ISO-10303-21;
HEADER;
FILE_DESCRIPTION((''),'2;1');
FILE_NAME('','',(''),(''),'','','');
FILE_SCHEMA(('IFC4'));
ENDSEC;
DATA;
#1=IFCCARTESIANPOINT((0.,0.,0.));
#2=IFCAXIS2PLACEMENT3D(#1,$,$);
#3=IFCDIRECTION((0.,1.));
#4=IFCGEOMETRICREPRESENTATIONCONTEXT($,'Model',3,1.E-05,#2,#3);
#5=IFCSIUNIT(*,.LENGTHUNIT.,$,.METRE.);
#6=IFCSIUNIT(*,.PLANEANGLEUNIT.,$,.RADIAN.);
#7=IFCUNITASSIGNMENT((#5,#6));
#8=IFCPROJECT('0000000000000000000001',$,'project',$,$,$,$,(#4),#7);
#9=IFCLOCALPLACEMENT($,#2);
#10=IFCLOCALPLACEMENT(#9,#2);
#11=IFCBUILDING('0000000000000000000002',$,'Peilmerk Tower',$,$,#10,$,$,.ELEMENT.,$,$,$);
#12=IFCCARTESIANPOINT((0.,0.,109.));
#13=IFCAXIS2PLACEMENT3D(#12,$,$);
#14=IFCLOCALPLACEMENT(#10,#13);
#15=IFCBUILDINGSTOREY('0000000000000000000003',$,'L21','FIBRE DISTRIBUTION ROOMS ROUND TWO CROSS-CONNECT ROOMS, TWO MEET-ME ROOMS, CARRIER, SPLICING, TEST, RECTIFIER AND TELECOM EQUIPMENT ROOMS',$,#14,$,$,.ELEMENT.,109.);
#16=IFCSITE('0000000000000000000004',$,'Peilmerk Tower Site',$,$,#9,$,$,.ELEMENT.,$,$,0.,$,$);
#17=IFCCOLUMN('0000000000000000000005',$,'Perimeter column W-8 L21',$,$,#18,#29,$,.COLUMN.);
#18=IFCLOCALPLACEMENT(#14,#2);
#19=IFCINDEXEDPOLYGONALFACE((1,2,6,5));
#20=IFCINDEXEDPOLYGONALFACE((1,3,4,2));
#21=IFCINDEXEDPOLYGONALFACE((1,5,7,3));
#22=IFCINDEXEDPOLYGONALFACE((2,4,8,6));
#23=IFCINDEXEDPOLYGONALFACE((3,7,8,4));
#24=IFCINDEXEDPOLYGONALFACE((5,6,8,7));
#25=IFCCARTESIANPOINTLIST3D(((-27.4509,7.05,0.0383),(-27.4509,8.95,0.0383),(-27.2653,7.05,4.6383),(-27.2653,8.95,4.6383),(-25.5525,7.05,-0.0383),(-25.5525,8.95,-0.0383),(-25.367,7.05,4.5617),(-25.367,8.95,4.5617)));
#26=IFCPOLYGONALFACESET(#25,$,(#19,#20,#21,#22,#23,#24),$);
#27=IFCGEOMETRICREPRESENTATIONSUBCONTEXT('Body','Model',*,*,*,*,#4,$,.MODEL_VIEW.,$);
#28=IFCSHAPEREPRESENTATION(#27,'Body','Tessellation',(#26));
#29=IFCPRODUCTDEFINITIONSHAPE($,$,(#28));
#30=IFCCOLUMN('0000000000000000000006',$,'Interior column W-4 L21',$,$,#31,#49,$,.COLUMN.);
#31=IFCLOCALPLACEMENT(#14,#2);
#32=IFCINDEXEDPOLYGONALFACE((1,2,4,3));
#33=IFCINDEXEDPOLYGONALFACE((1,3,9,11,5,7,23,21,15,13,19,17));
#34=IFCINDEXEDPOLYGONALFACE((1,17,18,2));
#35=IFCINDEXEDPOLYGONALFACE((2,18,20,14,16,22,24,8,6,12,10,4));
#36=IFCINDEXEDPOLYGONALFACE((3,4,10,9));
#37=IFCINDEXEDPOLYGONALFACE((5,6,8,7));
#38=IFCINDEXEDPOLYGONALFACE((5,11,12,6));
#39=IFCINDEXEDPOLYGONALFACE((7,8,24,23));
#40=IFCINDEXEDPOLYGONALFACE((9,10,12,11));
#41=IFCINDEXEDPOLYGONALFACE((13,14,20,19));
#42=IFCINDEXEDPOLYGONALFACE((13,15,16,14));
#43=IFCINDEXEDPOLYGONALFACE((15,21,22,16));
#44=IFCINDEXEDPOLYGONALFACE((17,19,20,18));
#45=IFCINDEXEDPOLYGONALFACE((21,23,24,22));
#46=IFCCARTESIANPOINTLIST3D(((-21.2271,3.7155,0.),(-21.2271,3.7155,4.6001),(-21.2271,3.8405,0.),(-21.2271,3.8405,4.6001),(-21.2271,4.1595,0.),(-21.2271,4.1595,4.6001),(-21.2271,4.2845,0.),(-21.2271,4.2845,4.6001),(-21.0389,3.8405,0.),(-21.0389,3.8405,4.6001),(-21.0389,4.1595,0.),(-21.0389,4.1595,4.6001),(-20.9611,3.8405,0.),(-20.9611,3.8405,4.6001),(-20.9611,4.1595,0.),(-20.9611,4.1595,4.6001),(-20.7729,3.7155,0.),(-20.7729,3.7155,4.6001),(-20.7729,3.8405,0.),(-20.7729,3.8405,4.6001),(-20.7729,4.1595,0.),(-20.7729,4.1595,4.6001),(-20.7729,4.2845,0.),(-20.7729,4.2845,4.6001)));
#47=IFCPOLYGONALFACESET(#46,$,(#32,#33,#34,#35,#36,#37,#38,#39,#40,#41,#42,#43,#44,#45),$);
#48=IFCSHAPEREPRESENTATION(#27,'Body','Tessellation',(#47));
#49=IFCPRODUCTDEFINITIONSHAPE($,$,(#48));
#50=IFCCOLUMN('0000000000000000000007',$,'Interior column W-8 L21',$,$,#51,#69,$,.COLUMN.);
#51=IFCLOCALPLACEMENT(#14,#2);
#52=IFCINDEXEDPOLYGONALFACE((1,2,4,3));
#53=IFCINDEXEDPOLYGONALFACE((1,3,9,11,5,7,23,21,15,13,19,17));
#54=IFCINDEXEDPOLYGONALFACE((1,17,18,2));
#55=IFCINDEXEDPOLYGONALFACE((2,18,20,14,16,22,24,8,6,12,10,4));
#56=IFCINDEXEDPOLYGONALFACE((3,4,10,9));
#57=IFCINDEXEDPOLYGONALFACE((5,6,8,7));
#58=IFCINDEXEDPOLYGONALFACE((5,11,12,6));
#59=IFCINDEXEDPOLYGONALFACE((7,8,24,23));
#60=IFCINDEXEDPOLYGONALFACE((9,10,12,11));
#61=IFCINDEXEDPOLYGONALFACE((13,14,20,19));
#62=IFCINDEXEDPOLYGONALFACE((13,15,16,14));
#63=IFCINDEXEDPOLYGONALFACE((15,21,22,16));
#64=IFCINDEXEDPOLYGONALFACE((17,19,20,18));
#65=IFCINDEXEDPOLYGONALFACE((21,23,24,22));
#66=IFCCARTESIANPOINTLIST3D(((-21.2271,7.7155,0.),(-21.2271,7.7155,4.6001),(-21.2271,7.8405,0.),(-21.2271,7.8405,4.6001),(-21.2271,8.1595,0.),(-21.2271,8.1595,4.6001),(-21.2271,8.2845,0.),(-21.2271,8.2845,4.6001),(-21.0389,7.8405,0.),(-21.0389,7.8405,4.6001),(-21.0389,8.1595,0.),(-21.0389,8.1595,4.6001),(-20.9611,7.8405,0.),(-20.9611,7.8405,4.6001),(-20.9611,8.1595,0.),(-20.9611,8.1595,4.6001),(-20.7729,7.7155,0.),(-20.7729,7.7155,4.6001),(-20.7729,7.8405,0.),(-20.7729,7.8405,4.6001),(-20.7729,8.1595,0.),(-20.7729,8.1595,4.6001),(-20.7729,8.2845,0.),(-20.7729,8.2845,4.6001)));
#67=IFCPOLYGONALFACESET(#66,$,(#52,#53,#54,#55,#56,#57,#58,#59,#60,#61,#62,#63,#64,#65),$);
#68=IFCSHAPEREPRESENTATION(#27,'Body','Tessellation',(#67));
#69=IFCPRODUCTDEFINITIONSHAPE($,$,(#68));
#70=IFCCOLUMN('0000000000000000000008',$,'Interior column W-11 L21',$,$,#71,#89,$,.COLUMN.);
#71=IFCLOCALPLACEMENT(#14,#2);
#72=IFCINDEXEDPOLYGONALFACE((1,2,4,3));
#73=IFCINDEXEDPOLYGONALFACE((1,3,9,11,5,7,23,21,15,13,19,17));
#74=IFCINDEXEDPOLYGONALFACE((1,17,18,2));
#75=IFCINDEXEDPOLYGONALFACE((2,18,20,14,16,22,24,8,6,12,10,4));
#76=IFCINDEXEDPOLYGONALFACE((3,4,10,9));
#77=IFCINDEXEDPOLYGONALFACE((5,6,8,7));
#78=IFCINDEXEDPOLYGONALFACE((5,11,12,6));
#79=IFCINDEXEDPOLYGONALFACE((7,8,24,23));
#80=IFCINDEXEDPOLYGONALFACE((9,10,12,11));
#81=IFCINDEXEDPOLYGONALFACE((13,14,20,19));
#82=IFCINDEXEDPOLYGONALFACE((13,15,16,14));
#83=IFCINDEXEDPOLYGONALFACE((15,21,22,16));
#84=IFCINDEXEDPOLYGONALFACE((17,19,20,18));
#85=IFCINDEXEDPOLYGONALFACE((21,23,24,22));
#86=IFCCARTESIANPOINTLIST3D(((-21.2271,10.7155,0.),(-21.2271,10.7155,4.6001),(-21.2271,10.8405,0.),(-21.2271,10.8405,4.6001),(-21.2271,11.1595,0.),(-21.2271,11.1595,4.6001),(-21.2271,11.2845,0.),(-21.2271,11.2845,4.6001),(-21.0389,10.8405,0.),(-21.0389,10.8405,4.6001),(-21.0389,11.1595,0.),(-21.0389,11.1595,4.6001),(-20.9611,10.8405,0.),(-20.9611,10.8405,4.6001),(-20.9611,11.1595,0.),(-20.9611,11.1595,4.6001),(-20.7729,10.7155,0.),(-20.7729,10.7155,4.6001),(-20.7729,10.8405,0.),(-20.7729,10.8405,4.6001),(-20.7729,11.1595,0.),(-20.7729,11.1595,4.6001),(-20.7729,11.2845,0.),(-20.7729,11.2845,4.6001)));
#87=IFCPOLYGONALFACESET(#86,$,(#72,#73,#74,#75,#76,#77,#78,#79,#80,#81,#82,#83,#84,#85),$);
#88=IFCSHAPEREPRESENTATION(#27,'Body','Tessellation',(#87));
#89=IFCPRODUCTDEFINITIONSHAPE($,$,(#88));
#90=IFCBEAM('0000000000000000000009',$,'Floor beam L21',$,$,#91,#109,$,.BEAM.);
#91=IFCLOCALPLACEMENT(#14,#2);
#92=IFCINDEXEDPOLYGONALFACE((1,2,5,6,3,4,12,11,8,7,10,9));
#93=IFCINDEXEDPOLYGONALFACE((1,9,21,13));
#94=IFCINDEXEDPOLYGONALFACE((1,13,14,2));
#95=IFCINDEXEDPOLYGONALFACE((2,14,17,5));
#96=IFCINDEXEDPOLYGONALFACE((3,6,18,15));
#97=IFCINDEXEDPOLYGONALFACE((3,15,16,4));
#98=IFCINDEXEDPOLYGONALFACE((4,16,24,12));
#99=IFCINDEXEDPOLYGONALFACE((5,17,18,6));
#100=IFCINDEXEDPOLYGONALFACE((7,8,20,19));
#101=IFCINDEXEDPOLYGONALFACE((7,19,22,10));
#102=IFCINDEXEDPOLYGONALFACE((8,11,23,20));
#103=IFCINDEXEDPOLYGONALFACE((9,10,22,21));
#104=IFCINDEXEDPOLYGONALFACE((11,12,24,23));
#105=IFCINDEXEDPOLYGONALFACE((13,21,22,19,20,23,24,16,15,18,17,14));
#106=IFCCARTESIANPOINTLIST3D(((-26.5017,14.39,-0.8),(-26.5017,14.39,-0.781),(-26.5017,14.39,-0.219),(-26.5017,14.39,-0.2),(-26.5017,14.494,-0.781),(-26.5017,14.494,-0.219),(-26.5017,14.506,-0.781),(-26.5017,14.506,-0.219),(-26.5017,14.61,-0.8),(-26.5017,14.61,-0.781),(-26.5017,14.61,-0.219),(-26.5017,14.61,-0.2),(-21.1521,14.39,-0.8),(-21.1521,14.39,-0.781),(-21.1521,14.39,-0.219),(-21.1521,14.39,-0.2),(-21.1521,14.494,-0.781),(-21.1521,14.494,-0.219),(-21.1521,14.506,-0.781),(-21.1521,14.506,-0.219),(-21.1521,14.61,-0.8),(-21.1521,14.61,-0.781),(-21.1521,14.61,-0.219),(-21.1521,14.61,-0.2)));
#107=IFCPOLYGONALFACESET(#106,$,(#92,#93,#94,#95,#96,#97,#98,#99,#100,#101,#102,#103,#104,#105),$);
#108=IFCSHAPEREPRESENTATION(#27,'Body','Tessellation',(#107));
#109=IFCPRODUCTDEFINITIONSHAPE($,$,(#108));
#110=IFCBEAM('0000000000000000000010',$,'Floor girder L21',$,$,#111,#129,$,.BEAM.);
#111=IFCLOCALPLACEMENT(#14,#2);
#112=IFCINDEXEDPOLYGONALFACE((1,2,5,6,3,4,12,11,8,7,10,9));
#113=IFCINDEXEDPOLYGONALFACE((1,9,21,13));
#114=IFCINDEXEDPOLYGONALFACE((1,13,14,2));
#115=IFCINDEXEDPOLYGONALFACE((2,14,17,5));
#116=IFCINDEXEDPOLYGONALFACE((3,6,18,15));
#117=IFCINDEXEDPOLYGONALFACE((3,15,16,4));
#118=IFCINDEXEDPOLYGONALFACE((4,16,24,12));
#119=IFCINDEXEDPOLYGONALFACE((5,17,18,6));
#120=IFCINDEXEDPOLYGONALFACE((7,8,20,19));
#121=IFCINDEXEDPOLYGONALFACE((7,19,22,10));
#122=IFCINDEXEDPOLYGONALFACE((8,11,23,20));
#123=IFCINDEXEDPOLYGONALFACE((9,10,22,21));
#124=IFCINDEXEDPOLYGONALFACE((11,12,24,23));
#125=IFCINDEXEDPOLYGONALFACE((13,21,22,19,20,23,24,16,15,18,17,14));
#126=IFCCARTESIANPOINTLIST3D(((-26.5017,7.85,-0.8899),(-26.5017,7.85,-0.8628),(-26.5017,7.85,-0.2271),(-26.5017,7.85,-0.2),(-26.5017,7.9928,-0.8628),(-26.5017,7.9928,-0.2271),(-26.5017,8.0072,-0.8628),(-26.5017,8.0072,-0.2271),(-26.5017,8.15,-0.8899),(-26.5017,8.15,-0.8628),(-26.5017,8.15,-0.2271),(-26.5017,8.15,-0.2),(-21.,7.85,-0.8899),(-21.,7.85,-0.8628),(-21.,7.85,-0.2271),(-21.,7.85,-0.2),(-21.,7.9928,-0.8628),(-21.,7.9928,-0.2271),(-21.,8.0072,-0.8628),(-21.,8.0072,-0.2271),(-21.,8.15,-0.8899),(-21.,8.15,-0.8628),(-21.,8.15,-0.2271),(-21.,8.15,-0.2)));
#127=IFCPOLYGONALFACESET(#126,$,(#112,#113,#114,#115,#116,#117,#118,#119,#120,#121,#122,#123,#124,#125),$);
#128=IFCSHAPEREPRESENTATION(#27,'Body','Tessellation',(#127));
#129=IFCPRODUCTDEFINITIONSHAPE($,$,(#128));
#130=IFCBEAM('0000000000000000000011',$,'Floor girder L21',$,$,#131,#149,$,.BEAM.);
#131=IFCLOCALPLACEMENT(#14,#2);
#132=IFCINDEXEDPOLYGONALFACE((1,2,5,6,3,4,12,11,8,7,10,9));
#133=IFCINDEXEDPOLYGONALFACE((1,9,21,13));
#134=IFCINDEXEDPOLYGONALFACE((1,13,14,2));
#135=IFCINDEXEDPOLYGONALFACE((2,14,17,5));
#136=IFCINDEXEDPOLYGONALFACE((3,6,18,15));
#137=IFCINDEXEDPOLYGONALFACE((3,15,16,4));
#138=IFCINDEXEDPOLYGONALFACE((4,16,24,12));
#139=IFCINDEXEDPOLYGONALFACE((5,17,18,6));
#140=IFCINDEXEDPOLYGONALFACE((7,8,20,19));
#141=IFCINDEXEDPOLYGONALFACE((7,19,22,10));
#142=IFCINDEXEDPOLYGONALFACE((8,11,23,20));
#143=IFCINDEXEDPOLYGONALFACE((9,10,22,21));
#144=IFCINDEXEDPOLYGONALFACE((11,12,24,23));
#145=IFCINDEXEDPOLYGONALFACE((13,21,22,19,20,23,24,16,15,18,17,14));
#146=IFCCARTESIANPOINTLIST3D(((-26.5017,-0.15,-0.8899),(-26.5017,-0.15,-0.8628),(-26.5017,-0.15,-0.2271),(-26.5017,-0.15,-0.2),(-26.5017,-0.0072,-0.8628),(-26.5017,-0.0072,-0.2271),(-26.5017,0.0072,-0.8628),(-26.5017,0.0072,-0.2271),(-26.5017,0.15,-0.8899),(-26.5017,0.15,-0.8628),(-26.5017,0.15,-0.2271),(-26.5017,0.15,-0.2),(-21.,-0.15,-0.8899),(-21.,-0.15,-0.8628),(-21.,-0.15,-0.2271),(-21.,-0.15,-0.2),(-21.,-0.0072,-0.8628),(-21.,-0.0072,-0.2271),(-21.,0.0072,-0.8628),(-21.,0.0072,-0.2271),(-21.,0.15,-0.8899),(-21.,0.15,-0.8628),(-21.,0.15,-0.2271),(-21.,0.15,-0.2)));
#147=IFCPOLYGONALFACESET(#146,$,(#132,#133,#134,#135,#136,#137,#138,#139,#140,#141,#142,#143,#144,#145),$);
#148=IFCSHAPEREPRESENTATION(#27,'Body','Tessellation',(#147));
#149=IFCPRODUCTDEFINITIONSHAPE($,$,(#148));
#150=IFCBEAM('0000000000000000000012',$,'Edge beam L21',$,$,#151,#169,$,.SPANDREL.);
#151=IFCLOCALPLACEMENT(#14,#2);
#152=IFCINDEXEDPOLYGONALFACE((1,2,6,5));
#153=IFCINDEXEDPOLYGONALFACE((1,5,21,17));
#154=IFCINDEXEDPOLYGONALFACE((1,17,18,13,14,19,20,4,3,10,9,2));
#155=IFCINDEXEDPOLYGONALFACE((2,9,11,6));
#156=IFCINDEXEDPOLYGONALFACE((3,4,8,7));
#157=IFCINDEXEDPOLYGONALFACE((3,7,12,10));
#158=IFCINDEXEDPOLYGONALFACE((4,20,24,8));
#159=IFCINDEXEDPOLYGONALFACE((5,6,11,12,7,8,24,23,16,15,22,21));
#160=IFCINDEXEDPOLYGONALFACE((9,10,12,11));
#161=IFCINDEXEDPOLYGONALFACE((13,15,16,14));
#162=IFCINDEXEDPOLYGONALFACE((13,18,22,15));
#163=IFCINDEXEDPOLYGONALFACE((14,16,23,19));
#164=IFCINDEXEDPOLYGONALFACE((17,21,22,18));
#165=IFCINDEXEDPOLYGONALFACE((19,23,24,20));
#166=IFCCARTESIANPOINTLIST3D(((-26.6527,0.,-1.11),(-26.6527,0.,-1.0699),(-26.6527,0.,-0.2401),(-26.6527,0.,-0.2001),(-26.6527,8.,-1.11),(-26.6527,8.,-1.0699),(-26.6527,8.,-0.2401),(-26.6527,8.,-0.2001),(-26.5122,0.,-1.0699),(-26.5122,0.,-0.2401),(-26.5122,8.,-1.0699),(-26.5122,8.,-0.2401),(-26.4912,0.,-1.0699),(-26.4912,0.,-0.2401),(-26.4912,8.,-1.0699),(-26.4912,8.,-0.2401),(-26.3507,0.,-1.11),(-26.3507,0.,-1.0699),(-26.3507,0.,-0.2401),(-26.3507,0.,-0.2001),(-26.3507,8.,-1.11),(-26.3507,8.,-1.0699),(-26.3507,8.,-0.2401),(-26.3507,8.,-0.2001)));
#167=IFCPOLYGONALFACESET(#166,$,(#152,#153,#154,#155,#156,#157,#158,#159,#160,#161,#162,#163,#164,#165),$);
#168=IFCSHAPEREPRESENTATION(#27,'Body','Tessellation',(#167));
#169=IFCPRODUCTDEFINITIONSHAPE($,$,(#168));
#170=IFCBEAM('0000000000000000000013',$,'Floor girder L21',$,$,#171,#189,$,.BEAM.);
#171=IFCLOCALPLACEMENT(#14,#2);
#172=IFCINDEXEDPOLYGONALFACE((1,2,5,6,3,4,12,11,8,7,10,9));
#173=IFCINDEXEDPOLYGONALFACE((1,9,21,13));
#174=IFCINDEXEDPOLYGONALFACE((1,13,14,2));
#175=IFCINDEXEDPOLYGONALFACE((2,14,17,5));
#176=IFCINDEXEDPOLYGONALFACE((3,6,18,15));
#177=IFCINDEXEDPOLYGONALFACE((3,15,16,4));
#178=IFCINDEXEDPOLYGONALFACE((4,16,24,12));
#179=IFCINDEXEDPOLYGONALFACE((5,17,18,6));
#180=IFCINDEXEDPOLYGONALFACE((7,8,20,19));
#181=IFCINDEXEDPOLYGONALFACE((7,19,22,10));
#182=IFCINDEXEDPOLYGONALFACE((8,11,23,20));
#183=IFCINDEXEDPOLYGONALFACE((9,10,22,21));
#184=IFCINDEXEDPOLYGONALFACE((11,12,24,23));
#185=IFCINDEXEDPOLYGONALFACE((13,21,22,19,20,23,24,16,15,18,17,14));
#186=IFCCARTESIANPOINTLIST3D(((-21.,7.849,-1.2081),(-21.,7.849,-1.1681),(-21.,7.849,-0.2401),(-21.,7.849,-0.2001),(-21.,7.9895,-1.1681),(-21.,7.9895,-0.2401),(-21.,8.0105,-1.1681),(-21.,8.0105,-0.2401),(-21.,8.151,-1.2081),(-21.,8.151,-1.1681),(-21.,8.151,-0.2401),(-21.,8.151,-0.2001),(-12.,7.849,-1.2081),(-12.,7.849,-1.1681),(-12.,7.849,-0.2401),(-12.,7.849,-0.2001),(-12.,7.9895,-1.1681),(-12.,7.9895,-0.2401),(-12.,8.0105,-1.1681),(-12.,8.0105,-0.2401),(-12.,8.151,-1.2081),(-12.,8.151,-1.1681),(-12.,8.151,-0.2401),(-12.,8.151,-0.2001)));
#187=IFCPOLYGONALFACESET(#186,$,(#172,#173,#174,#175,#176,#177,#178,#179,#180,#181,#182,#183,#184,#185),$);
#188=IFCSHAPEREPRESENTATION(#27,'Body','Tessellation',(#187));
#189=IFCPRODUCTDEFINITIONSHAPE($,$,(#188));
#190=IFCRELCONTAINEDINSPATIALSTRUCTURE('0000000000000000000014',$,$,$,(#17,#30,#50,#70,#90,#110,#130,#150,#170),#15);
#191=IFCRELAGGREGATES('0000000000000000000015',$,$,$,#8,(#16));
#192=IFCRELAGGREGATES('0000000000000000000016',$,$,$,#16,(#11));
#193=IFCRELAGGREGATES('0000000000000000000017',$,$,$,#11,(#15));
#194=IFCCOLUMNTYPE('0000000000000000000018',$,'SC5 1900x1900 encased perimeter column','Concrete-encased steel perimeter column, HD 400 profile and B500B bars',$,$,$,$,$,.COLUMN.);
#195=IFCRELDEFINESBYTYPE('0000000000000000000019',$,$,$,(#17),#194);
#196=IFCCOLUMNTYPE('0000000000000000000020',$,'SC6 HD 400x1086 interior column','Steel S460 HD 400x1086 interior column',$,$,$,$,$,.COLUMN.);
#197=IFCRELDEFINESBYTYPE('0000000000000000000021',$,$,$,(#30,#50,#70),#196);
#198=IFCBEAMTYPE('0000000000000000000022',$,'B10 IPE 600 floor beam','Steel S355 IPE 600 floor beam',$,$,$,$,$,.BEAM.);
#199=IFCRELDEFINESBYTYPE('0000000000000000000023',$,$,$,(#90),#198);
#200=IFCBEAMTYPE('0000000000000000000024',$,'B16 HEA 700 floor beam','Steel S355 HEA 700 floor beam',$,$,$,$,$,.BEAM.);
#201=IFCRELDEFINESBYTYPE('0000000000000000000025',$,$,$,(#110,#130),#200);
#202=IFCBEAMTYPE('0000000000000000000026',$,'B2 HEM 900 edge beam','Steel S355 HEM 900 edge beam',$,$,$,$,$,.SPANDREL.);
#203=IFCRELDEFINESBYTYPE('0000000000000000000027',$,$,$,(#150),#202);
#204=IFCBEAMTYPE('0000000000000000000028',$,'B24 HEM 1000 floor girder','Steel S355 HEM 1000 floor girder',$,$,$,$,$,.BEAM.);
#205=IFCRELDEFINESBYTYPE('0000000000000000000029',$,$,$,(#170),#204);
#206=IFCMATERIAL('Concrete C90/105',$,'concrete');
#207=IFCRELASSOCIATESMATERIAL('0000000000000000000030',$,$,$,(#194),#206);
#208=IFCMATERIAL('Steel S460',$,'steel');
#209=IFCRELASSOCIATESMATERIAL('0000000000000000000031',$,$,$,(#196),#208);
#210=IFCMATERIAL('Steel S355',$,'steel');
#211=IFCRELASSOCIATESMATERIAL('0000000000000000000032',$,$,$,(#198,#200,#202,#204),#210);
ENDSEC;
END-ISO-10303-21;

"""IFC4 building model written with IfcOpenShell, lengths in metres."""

from ifc_helpers import new_model, si_unit, direction, frame, origin, origin_2d, place, context, subcontext, project, spatial, rectangle, i_section, extrude, material, material_profile, profile_set, type_object, element, save


model = new_model("IFC4")

# Units and contexts
model_context = context("Model", 3, precision=1e-05, world=origin(), true_north=direction((0.0, 1.0)))
body_context = subcontext(model_context, "Body", "Model", "MODEL_VIEW")
ifc_project = project(units=[si_unit("LENGTHUNIT", "METRE"), si_unit("PLANEANGLEUNIT", "RADIAN")], contexts=[model_context])

# Site, building, storey
site_placement = place(None, origin())
site = spatial("IfcSite", under=ifc_project, at=site_placement, Name="Peilmerk Tower Site", CompositionType="ELEMENT", RefElevation=0.0)
building_placement = place(site_placement, origin())
building = spatial("IfcBuilding", under=site, at=building_placement, Name="Peilmerk Tower", CompositionType="ELEMENT")
storey_placement = place(building_placement, frame((0.0, 0.0, 109.0)))
storey = spatial("IfcBuildingStorey", under=building, at=storey_placement, Name="L21", Description="FIBRE DISTRIBUTION ROOMS ROUND TWO CROSS-CONNECT ROOMS, TWO MEET-ME ROOMS, CARRIER, SPLICING, TEST, RECTIFIER AND TELECOM EQUIPMENT ROOMS", CompositionType="ELEMENT", Elevation=109.0)

# Columns
ifc_material_1 = material(Name="Concrete C90/105", Category="concrete")
ifc_material_profile_1 = material_profile(ifc_material_1, rectangle(XDim=1.8999, YDim=1.8999, at=origin_2d()), Name="RC 1900x1900")
ifc_profile_set_1 = profile_set([ifc_material_profile_1], Name="Concrete C90/105")
column_type_1 = type_object("IfcColumnType", Name="SC5 1900x1900 encased perimeter column", Description="Concrete-encased steel perimeter column, HD 400 profile and B500B bars", PredefinedType="COLUMN", material=ifc_profile_set_1)
column_placement = place(storey_placement, frame((-26.5017, 8.0, 0.0), z_axis=(0.040303, 0.0, 0.999188), x_axis=(0.0, 1.0, 0.0)))
element("IfcColumn", 1, at=column_placement, inside=storey, type_object=column_type_1, Name="Perimeter column W-8 L21", PredefinedType="COLUMN", context=body_context, shape_type="SweptSolid", body=[
    extrude(rectangle(XDim=1.8999, YDim=1.8999, at=origin_2d()), origin(), (0.0, 0.0, 1.0), 4.6038),
])
ifc_material_2 = material(Name="Steel S460", Category="steel")
ifc_material_profile_2 = material_profile(ifc_material_2, i_section(OverallWidth=0.4541, OverallDepth=0.5691, WebThickness=0.0779, FlangeThickness=0.125, at=origin_2d()), Name="HD 400x1086")
ifc_profile_set_2 = profile_set([ifc_material_profile_2], Name="Steel S460")
column_type_2 = type_object("IfcColumnType", Name="SC6 HD 400x1086 interior column", Description="Steel S460 HD 400x1086 interior column", PredefinedType="COLUMN", material=ifc_profile_set_2)
for number, where, z_axis, x_axis, name in (
    (2, (-21.0, 4.0, 0.0), (0.0, 0.0, 1.0), (1.0, 0.0, 0.0), "Interior column W-4 L21"),
    (3, (-21.0, 8.0, 0.0), (0.0, 0.0, 1.0), (1.0, 0.0, 0.0), "Interior column W-8 L21"),
    (4, (-21.0, 11.0, 0.0), (0.0, 0.0, 1.0), (1.0, 0.0, 0.0), "Interior column W-11 L21"),
):
    element("IfcColumn", number, at=place(storey_placement, frame(where, z_axis=z_axis, x_axis=x_axis)), inside=storey, type_object=column_type_2, Name=name, PredefinedType="COLUMN", context=body_context, shape_type="SweptSolid", body=[
        extrude(i_section(OverallWidth=0.4541, OverallDepth=0.5691, WebThickness=0.0779, FlangeThickness=0.125, at=origin_2d()), origin(), (0.0, 0.0, 1.0), 4.6001),
    ])

# Beams
ifc_material_3 = material(Name="Steel S355", Category="steel")
ifc_material_profile_3 = material_profile(ifc_material_3, i_section(OverallWidth=0.22, OverallDepth=0.6001, WebThickness=0.012, FlangeThickness=0.019, at=origin_2d()), Name="IPE 600")
ifc_profile_set_3 = profile_set([ifc_material_profile_3], Name="Steel S355")
beam_type_1 = type_object("IfcBeamType", Name="B10 IPE 600 floor beam", Description="Steel S355 IPE 600 floor beam", PredefinedType="BEAM", material=ifc_profile_set_3)
beam_1_placement = place(storey_placement, frame((-21.1521, 14.5, -0.5), z_axis=(-1.0, 0.0, 0.0), x_axis=(0.0, -1.0, 0.0)))
element("IfcBeam", 5, at=beam_1_placement, inside=storey, type_object=beam_type_1, Name="Floor beam L21", PredefinedType="BEAM", context=body_context, shape_type="SweptSolid", body=[
    extrude(i_section(OverallWidth=0.22, OverallDepth=0.6001, WebThickness=0.012, FlangeThickness=0.019, at=origin_2d()), origin(), (0.0, 0.0, 1.0), 5.3496),
])
ifc_material_profile_4 = material_profile(ifc_material_3, i_section(OverallWidth=0.3, OverallDepth=0.6899, WebThickness=0.0144, FlangeThickness=0.0271, at=origin_2d()), Name="HEA 700")
ifc_profile_set_4 = profile_set([ifc_material_profile_4], Name="Steel S355")
beam_type_2 = type_object("IfcBeamType", Name="B16 HEA 700 floor beam", Description="Steel S355 HEA 700 floor beam", PredefinedType="BEAM", material=ifc_profile_set_4)
for number, where, z_axis, x_axis, name in (
    (6, (-21.0, 8.0, -0.5449), (-1.0, 0.0, 0.0), (0.0, -1.0, 0.0), "Floor girder L21"),
    (7, (-21.0, 0.0, -0.5449), (-1.0, 0.0, 0.0), (0.0, -1.0, 0.0), "Floor girder L21"),
):
    element("IfcBeam", number, at=place(storey_placement, frame(where, z_axis=z_axis, x_axis=x_axis)), inside=storey, type_object=beam_type_2, Name=name, PredefinedType="BEAM", context=body_context, shape_type="SweptSolid", body=[
        extrude(i_section(OverallWidth=0.3, OverallDepth=0.6899, WebThickness=0.0144, FlangeThickness=0.0271, at=origin_2d()), origin(), (0.0, 0.0, 1.0), 5.5017),
    ])
ifc_material_profile_5 = material_profile(ifc_material_3, i_section(OverallWidth=0.302, OverallDepth=0.9099, WebThickness=0.021, FlangeThickness=0.04, at=origin_2d()), Name="HEM 900")
ifc_profile_set_5 = profile_set([ifc_material_profile_5], Name="Steel S355")
beam_type_3 = type_object("IfcBeamType", Name="B2 HEM 900 edge beam", Description="Steel S355 HEM 900 edge beam", PredefinedType="SPANDREL", material=ifc_profile_set_5)
beam_2_placement = place(storey_placement, frame((-26.5017, 8.0, -0.655), z_axis=(0.0, -1.0, 0.0), x_axis=(1.0, 0.0, 0.0)))
element("IfcBeam", 8, at=beam_2_placement, inside=storey, type_object=beam_type_3, Name="Edge beam L21", PredefinedType="SPANDREL", context=body_context, shape_type="SweptSolid", body=[
    extrude(i_section(OverallWidth=0.302, OverallDepth=0.9099, WebThickness=0.021, FlangeThickness=0.04, at=origin_2d()), origin(), (0.0, 0.0, 1.0), 8.0),
])
ifc_material_profile_6 = material_profile(ifc_material_3, i_section(OverallWidth=0.302, OverallDepth=1.0081, WebThickness=0.021, FlangeThickness=0.04, at=origin_2d()), Name="HEM 1000")
ifc_profile_set_6 = profile_set([ifc_material_profile_6], Name="Steel S355")
beam_type_4 = type_object("IfcBeamType", Name="B24 HEM 1000 floor girder", Description="Steel S355 HEM 1000 floor girder", PredefinedType="BEAM", material=ifc_profile_set_6)
for number, where, z_axis, x_axis, name in (
    (9, (-12.0, 8.0, -0.7041), (-1.0, 0.0, 0.0), (0.0, -1.0, 0.0), "Floor girder L21"),
):
    element("IfcBeam", number, at=place(storey_placement, frame(where, z_axis=z_axis, x_axis=x_axis)), inside=storey, type_object=beam_type_4, Name=name, PredefinedType="BEAM", context=body_context, shape_type="SweptSolid", body=[
        extrude(i_section(OverallWidth=0.302, OverallDepth=1.0081, WebThickness=0.021, FlangeThickness=0.04, at=origin_2d()), origin(), (0.0, 0.0, 1.0), 9.0),
    ])

save(model, "model.ifc")
